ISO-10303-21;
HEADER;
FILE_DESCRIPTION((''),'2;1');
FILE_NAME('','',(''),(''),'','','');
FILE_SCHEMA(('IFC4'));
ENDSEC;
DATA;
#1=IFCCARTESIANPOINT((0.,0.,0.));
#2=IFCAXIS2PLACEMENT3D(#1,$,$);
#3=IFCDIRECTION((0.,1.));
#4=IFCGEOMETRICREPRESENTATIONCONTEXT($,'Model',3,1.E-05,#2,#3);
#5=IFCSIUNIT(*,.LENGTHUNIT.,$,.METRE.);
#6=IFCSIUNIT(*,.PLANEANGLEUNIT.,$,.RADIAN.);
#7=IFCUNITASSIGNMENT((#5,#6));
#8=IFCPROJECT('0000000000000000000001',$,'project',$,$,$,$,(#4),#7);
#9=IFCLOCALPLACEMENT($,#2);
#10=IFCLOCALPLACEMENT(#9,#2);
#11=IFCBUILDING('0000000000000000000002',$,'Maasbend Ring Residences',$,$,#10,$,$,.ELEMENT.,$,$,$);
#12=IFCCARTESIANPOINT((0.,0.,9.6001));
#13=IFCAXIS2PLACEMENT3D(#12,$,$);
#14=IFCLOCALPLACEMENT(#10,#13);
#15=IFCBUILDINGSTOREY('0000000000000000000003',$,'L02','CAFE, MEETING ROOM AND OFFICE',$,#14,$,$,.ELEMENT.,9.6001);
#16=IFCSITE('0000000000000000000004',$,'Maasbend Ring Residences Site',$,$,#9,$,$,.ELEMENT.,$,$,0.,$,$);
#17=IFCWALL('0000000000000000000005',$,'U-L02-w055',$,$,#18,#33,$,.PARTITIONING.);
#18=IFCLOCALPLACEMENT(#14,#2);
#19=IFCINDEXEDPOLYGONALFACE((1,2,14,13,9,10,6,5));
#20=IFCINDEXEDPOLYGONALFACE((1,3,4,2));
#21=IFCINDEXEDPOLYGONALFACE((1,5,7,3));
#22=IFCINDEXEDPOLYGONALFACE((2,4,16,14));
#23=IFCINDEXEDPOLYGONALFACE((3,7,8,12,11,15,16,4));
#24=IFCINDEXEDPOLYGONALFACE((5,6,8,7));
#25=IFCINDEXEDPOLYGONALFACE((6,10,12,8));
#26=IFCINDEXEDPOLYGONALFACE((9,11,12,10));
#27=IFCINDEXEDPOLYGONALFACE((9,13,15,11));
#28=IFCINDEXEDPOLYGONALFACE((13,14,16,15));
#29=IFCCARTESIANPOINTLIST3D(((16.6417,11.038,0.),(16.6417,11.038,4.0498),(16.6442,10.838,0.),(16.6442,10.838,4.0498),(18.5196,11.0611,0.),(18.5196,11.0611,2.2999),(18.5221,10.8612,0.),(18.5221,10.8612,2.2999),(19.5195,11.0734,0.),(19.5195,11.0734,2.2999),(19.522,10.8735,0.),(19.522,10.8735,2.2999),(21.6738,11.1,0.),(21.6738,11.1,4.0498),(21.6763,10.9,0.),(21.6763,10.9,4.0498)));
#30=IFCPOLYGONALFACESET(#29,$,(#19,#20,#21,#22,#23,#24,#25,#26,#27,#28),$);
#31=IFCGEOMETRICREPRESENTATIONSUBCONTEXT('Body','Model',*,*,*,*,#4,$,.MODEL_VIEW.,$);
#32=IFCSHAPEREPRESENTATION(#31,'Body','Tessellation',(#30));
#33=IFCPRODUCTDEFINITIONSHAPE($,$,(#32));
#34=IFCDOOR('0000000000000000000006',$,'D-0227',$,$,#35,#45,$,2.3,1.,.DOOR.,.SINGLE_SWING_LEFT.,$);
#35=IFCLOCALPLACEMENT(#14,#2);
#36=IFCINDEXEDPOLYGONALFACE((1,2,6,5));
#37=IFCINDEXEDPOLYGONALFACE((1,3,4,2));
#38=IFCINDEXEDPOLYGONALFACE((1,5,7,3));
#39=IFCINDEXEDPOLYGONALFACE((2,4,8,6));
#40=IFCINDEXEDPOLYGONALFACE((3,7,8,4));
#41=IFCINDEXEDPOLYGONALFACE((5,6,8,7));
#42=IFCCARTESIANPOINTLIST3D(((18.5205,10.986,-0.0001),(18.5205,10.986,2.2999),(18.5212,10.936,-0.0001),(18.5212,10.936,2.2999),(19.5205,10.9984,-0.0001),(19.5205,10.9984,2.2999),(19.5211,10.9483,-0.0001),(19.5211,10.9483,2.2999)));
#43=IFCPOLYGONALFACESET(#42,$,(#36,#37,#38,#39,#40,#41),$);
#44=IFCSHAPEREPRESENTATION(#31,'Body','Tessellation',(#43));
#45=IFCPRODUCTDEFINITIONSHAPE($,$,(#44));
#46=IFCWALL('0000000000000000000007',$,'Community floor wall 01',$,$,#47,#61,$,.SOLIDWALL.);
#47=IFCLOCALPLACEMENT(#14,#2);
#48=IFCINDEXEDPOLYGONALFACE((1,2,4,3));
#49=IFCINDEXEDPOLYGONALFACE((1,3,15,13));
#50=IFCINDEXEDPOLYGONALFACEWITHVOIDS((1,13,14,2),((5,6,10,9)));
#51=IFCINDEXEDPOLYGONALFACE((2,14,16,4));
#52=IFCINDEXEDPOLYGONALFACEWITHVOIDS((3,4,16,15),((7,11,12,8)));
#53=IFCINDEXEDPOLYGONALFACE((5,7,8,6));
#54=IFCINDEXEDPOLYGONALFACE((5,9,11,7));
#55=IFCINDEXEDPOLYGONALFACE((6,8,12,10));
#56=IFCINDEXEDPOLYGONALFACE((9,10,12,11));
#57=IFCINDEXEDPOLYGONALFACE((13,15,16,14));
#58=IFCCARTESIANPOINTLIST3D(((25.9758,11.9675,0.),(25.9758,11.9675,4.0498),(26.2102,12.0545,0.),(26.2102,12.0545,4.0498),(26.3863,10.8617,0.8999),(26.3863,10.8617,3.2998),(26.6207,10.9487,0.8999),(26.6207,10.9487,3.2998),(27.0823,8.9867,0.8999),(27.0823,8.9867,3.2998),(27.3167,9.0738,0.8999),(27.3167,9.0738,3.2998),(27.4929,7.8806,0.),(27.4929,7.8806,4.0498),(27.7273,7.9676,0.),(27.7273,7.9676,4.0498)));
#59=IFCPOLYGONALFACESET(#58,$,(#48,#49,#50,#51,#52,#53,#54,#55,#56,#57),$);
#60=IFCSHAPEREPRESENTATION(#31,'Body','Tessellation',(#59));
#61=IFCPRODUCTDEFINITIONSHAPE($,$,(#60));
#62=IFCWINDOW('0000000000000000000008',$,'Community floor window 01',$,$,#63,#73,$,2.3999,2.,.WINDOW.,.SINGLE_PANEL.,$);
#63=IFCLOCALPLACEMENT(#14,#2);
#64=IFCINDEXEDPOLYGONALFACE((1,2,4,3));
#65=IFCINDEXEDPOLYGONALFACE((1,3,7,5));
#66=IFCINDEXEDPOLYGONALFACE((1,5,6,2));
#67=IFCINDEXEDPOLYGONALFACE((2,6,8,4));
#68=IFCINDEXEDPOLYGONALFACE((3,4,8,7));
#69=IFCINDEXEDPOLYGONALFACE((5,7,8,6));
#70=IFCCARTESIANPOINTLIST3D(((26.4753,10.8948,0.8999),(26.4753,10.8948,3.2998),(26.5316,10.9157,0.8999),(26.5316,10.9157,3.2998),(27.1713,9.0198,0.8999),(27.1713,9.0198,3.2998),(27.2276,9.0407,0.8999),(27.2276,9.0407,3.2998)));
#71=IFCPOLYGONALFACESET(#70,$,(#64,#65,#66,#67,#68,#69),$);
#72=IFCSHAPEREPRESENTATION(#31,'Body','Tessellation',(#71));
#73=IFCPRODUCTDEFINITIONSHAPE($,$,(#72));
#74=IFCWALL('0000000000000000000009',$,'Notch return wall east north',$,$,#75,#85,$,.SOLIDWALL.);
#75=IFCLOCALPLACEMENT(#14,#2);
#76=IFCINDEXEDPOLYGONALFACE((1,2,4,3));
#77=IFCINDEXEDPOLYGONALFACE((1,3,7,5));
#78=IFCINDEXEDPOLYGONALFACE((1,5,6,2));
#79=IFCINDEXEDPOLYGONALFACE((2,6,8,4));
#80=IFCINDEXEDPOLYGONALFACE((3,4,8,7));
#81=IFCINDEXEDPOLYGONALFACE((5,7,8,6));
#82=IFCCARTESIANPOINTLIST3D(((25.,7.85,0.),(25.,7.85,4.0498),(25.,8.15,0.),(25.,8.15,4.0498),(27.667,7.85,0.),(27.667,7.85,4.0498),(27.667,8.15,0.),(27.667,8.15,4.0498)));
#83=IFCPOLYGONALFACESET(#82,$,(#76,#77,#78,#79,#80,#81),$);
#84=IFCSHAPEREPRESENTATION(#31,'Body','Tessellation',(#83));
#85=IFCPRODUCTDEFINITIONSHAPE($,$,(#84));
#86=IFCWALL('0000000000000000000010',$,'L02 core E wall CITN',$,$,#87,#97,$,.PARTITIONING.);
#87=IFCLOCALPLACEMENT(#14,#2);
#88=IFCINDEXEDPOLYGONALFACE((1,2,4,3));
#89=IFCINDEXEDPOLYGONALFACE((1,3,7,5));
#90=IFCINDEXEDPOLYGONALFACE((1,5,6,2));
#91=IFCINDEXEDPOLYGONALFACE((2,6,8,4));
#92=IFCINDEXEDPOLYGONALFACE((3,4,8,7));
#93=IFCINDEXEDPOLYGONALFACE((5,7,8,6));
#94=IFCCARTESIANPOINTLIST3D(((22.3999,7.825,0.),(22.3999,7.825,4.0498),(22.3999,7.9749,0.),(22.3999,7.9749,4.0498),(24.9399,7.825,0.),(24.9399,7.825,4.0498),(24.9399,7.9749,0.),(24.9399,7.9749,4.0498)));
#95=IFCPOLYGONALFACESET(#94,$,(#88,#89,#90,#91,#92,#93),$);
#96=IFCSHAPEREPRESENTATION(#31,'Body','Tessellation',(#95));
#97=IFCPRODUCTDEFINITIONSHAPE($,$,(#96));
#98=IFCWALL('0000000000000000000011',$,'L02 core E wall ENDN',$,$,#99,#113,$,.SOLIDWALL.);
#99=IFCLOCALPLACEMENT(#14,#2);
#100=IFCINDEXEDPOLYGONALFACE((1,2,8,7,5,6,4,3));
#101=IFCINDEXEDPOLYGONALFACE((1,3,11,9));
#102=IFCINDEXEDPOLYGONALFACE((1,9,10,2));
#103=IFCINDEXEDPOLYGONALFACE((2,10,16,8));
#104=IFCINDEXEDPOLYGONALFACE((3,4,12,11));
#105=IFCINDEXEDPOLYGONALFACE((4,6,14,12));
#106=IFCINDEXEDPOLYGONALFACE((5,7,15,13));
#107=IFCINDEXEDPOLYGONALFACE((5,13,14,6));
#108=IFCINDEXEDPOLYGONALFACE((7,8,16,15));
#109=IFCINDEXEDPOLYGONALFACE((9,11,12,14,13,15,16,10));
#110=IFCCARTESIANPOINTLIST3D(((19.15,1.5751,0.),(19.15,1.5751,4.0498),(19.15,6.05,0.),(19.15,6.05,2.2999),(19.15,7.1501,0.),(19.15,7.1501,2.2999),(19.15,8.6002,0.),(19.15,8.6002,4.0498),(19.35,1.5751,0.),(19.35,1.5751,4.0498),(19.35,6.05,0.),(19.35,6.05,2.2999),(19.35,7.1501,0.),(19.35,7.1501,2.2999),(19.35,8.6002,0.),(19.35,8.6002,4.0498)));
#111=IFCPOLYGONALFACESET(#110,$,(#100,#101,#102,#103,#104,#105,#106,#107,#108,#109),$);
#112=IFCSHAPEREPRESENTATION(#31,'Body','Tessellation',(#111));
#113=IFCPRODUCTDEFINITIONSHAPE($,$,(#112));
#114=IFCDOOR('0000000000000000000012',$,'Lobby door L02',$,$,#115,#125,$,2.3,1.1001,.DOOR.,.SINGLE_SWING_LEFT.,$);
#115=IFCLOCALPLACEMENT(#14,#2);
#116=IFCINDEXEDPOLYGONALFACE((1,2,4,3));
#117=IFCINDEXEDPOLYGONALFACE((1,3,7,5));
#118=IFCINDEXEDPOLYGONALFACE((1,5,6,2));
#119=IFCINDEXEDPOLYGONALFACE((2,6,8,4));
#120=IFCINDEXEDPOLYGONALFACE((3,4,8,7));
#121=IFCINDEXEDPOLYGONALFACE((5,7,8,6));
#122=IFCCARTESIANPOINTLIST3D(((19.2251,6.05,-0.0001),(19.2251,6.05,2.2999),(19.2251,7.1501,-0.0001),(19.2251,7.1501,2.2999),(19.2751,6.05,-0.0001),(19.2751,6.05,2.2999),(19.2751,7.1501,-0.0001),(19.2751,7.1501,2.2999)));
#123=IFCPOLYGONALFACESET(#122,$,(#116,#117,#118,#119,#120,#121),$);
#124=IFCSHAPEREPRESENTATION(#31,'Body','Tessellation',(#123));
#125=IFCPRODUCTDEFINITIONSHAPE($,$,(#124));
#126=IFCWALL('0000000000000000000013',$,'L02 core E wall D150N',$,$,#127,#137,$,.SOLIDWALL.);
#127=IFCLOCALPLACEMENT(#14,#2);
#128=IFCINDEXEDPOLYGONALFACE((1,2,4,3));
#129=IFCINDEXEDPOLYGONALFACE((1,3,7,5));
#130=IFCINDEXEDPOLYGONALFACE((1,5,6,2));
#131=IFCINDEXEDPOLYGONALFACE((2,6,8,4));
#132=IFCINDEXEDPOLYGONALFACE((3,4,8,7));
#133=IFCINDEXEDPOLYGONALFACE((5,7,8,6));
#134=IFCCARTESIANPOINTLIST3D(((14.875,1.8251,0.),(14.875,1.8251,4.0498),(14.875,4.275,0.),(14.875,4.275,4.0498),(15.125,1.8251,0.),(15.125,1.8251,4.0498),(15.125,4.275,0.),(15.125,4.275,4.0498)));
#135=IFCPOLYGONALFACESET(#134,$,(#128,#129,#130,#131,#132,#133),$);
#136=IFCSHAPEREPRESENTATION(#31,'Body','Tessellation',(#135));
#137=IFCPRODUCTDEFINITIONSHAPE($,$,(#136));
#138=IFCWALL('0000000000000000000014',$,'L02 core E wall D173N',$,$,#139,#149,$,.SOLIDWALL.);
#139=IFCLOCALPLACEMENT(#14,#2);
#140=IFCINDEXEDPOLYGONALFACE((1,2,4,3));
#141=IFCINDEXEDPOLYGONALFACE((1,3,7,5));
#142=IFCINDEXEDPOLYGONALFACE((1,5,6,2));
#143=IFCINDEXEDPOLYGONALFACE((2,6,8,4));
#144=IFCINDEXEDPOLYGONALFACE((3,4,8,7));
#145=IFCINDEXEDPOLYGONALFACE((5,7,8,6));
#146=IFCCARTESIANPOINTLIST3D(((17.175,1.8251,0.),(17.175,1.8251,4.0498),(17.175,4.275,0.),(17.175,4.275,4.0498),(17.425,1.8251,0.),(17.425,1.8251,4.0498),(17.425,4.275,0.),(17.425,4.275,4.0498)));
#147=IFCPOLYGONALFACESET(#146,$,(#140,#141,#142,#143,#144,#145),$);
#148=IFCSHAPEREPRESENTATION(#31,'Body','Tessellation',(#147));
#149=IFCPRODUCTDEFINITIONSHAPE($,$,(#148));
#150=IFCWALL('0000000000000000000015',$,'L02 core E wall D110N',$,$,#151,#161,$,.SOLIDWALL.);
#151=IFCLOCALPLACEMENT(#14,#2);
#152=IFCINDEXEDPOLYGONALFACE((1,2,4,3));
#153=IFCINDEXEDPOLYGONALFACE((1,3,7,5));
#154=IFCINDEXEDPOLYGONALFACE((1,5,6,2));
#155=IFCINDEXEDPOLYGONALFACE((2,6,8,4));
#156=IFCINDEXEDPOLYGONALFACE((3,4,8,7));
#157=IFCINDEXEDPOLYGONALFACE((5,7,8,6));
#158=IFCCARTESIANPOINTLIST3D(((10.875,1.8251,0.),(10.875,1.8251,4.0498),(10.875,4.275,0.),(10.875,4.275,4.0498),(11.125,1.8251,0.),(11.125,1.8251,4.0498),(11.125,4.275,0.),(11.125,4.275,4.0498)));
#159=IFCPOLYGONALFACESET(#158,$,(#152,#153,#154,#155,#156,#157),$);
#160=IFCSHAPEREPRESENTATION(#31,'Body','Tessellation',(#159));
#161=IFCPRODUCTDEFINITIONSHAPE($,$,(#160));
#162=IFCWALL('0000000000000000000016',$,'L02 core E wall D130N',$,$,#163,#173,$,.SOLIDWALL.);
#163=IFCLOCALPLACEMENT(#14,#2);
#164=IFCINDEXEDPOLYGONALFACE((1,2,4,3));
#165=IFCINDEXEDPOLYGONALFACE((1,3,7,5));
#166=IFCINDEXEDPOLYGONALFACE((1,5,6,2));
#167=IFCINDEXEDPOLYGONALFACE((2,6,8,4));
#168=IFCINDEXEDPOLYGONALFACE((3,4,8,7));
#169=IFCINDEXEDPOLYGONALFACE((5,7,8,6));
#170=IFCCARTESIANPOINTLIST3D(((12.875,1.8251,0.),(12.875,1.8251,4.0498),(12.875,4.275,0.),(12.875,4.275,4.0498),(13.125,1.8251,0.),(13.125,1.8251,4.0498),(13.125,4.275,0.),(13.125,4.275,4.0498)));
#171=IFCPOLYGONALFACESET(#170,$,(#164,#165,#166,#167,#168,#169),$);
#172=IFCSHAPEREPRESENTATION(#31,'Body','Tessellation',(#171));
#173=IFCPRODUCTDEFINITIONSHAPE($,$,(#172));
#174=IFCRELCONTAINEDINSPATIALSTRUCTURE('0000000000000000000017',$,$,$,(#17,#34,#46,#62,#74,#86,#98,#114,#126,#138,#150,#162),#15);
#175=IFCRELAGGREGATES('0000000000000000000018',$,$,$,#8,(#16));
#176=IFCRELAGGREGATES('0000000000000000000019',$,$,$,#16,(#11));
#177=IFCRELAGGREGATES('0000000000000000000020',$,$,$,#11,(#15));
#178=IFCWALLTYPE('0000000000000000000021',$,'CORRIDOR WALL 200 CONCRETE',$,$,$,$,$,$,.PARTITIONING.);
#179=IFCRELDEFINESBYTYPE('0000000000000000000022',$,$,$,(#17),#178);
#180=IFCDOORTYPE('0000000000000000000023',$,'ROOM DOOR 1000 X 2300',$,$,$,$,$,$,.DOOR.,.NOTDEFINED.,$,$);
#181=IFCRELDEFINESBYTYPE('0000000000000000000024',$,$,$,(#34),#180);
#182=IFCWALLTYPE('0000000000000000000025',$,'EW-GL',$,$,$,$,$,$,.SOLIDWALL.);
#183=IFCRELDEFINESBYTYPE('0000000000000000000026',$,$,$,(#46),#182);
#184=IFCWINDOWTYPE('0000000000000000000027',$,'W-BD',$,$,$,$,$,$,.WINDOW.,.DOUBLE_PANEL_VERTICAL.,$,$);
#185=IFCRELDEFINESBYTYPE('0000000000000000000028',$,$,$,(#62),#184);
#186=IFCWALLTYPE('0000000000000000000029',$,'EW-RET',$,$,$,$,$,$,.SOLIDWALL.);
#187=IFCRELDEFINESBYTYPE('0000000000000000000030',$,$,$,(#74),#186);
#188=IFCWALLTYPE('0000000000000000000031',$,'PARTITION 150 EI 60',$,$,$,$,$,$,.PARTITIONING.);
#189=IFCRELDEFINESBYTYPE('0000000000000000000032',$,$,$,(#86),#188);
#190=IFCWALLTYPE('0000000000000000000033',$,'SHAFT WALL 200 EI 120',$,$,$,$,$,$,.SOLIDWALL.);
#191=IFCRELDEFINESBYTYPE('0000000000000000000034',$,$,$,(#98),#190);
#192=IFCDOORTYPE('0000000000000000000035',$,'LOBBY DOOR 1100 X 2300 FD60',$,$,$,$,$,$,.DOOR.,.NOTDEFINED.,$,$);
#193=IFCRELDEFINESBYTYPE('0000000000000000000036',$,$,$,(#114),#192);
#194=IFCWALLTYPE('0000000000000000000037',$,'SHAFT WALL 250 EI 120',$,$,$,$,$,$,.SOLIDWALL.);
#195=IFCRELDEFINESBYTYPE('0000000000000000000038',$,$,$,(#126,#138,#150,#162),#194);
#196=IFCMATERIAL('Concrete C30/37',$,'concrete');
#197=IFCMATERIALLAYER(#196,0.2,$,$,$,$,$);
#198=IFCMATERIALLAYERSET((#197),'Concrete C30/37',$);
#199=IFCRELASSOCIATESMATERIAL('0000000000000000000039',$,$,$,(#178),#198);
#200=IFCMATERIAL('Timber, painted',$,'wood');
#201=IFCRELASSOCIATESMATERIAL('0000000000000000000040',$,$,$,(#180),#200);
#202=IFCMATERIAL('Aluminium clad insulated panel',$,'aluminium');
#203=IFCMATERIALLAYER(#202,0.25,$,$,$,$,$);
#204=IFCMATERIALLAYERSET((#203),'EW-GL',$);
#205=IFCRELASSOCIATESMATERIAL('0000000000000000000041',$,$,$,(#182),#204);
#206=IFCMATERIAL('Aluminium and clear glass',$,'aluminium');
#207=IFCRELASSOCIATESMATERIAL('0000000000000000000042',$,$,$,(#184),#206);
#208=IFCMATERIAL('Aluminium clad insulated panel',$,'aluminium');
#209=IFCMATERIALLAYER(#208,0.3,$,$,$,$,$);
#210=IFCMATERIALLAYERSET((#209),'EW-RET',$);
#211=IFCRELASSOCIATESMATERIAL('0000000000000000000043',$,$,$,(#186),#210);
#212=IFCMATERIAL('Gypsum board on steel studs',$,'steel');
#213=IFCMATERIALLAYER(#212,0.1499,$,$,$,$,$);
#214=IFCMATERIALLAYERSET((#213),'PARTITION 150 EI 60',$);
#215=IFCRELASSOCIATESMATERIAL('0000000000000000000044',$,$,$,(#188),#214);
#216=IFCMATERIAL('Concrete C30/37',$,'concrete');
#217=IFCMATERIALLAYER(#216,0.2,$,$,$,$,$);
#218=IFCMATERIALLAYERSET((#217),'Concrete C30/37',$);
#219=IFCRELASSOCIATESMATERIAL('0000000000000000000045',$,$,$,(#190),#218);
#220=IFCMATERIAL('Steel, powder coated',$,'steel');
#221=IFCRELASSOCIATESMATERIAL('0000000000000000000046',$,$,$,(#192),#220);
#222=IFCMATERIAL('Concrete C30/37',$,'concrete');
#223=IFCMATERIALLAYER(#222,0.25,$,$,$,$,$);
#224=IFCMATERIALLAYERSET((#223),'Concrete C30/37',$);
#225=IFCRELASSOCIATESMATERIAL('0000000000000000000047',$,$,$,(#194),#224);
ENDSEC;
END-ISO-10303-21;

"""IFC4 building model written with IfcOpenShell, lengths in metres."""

from ifc_helpers import new_model, si_unit, direction, frame, frame_2d, origin, place, context, subcontext, project, spatial, rectangle, extrude, material, layer, layer_set, type_object, element, fill, save


model = new_model("IFC4")

# Units and contexts
model_context = context("Model", 3, precision=1e-05, world=origin(), true_north=direction((0.0, 1.0)))
body_context = subcontext(model_context, "Body", "Model", "MODEL_VIEW")
ifc_project = project(units=[si_unit("LENGTHUNIT", "METRE"), si_unit("PLANEANGLEUNIT", "RADIAN")], contexts=[model_context])

# Site, building, storey
site_placement = place(None, origin())
site = spatial("IfcSite", under=ifc_project, at=site_placement, Name="Maasbend Ring Residences Site", CompositionType="ELEMENT", RefElevation=0.0)
building_placement = place(site_placement, origin())
building = spatial("IfcBuilding", under=site, at=building_placement, Name="Maasbend Ring Residences", CompositionType="ELEMENT")
storey_placement = place(building_placement, frame((0.0, 0.0, 9.6001)))
storey = spatial("IfcBuildingStorey", under=building, at=storey_placement, Name="L02", Description="CAFE, MEETING ROOM AND OFFICE", CompositionType="ELEMENT", Elevation=9.6001)

# Shared definitions
ifc_material_1 = material(Name="Concrete C30/37", Category="concrete")
ifc_layer_1 = layer(ifc_material_1, 0.2)
ifc_layer_set_1 = layer_set([ifc_layer_1], Name="Concrete C30/37")
wall_type_1 = type_object("IfcWallType", Name="CORRIDOR WALL 200 CONCRETE", PredefinedType="PARTITIONING", material=ifc_layer_set_1)

# Wall, opening, door
wall_1_placement = place(storey_placement, frame((16.6431, 10.938, 0.0), z_axis=(0.0, 0.0, 1.0), x_axis=(0.999924, 0.012323, 0.0)))
wall_1 = element("IfcWall", 1, at=wall_1_placement, inside=storey, type_object=wall_type_1, Name="U-L02-w055", PredefinedType="PARTITIONING", context=body_context, shape_type="SweptSolid", body=[
    extrude(rectangle(XDim=5.0325, YDim=0.2, at=frame_2d((2.5161, 0.0))), origin(), (0.0, 0.0, 1.0), 4.0498),
])
opening_1_placement = place(wall_1_placement, frame((1.8779, 0.0, 0.0)))
opening_1 = element("IfcOpeningElement", 2, at=opening_1_placement, cuts=wall_1, PredefinedType="OPENING", context=body_context, shape_type="SweptSolid", body=[
    extrude(rectangle(XDim=1.0, YDim=2.3, at=frame_2d((0.5, 1.1499))), frame((0.0, 0.1099, 0.0), z_axis=(0.0, -1.0, 0.0), x_axis=(1.0, 0.0, 0.0)), (0.0, 0.0, 1.0), 0.22),
])
ifc_material_2 = material(Name="Timber, painted", Category="wood")
door_type_1 = type_object("IfcDoorType", Name="ROOM DOOR 1000 X 2300", OperationType="NOTDEFINED", PredefinedType="DOOR", material=ifc_material_2)
door_1_placement = place(opening_1_placement, origin())
door_1 = element("IfcDoor", 3, at=door_1_placement, inside=storey, type_object=door_type_1, Name="D-0227", OperationType="SINGLE_SWING_LEFT", OverallHeight=2.3, OverallWidth=1.0, PredefinedType="DOOR", context=body_context, shape_type="SweptSolid", body=[
    extrude(rectangle(XDim=1.0, YDim=2.3, at=frame_2d((0.5, 1.1499))), frame((0.0, 0.0249, 0.0), z_axis=(0.0, -1.0, 0.0), x_axis=(1.0, 0.0, 0.0)), (0.0, 0.0, 1.0), 0.05),
])
fill(opening_1, door_1)

# Wall, opening, window
ifc_material_3 = material(Name="Aluminium clad insulated panel", Category="aluminium")
ifc_layer_2 = layer(ifc_material_3, 0.25)
ifc_layer_set_2 = layer_set([ifc_layer_2], Name="EW-GL")
wall_type_2 = type_object("IfcWallType", Name="EW-GL", PredefinedType="SOLIDWALL", material=ifc_layer_set_2)
wall_2_placement = place(storey_placement, frame((27.6101, 7.9241, 0.0), z_axis=(0.0, 0.0, 1.0), x_axis=(-0.348004, 0.937493, 0.0)))
wall_2 = element("IfcWall", 4, at=wall_2_placement, inside=storey, type_object=wall_type_2, Name="Community floor wall 01", PredefinedType="SOLIDWALL", context=body_context, shape_type="SweptSolid", body=[
    extrude(rectangle(XDim=4.3594, YDim=0.25, at=frame_2d((2.1797, 0.0))), origin(), (0.0, 0.0, 1.0), 4.0498),
])
opening_2_placement = place(wall_2_placement, frame((1.1799, 0.0, 0.8999)))
opening_2 = element("IfcOpeningElement", 5, at=opening_2_placement, cuts=wall_2, PredefinedType="OPENING", context=body_context, shape_type="SweptSolid", body=[
    extrude(rectangle(XDim=2.0, YDim=2.3999, at=frame_2d((1.0, 1.2))), frame((0.0, 0.135, 0.0), z_axis=(0.0, -1.0, 0.0), x_axis=(1.0, 0.0, 0.0)), (0.0, 0.0, 1.0), 0.27),
])
ifc_material_4 = material(Name="Aluminium and clear glass", Category="aluminium")
window_type = type_object("IfcWindowType", Name="W-BD", PartitioningType="DOUBLE_PANEL_VERTICAL", PredefinedType="WINDOW", material=ifc_material_4)
window_placement = place(opening_2_placement, origin())
window = element("IfcWindow", 6, at=window_placement, inside=storey, type_object=window_type, Name="Community floor window 01", OverallHeight=2.3999, OverallWidth=2.0, PartitioningType="SINGLE_PANEL", PredefinedType="WINDOW", context=body_context, shape_type="SweptSolid", body=[
    extrude(rectangle(XDim=2.0, YDim=2.3999, at=frame_2d((1.0, 1.2))), frame((0.0, 0.03, 0.0), z_axis=(0.0, -1.0, 0.0), x_axis=(1.0, 0.0, 0.0)), (0.0, 0.0, 1.0), 0.0601),
])
fill(opening_2, window)

# Walls
ifc_material_5 = material(Name="Aluminium clad insulated panel", Category="aluminium")
ifc_layer_3 = layer(ifc_material_5, 0.3)
ifc_layer_set_3 = layer_set([ifc_layer_3], Name="EW-RET")
wall_type_3 = type_object("IfcWallType", Name="EW-RET", PredefinedType="SOLIDWALL", material=ifc_layer_set_3)
wall_3_placement = place(storey_placement, frame((25.0, 8.0, 0.0), z_axis=(0.0, 0.0, 1.0), x_axis=(1.0, 0.0, 0.0)))
element("IfcWall", 7, at=wall_3_placement, inside=storey, type_object=wall_type_3, Name="Notch return wall east north", PredefinedType="SOLIDWALL", context=body_context, shape_type="SweptSolid", body=[
    extrude(rectangle(XDim=2.667, YDim=0.3, at=frame_2d((1.3335, 0.0))), origin(), (0.0, 0.0, 1.0), 4.0498),
])
ifc_material_6 = material(Name="Gypsum board on steel studs", Category="steel")
ifc_layer_4 = layer(ifc_material_6, 0.1499)
ifc_layer_set_4 = layer_set([ifc_layer_4], Name="PARTITION 150 EI 60")
wall_type_4 = type_object("IfcWallType", Name="PARTITION 150 EI 60", PredefinedType="PARTITIONING", material=ifc_layer_set_4)
wall_4_placement = place(storey_placement, frame((22.3999, 7.8999, 0.0), z_axis=(0.0, 0.0, 1.0), x_axis=(1.0, 0.0, 0.0)))
element("IfcWall", 8, at=wall_4_placement, inside=storey, type_object=wall_type_4, Name="L02 core E wall CITN", PredefinedType="PARTITIONING", context=body_context, shape_type="SweptSolid", body=[
    extrude(rectangle(XDim=2.54, YDim=0.1499, at=frame_2d((1.27, 0.0))), origin(), (0.0, 0.0, 1.0), 4.0498),
])

# Wall, opening, door
ifc_material_7 = material(Name="Concrete C30/37", Category="concrete")
ifc_layer_5 = layer(ifc_material_7, 0.2)
ifc_layer_set_5 = layer_set([ifc_layer_5], Name="Concrete C30/37")
wall_type_5 = type_object("IfcWallType", Name="SHAFT WALL 200 EI 120", PredefinedType="SOLIDWALL", material=ifc_layer_set_5)
wall_5_placement = place(storey_placement, frame((19.25, 1.575, 0.0), z_axis=(0.0, 0.0, 1.0), x_axis=(0.0, 1.0, 0.0)))
wall_5 = element("IfcWall", 9, at=wall_5_placement, inside=storey, type_object=wall_type_5, Name="L02 core E wall ENDN", PredefinedType="SOLIDWALL", context=body_context, shape_type="SweptSolid", body=[
    extrude(rectangle(XDim=7.0251, YDim=0.2, at=frame_2d((3.5127, 0.0))), origin(), (0.0, 0.0, 1.0), 4.0498),
])
opening_3_placement = place(wall_5_placement, frame((4.4751, 0.0, 0.0)))
opening_3 = element("IfcOpeningElement", 10, at=opening_3_placement, cuts=wall_5, PredefinedType="OPENING", context=body_context, shape_type="SweptSolid", body=[
    extrude(rectangle(XDim=1.1001, YDim=2.3, at=frame_2d((0.55, 1.1499))), frame((0.0, 0.1099, 0.0), z_axis=(0.0, -1.0, 0.0), x_axis=(1.0, 0.0, 0.0)), (0.0, 0.0, 1.0), 0.22),
])
ifc_material_8 = material(Name="Steel, powder coated", Category="steel")
door_type_2 = type_object("IfcDoorType", Name="LOBBY DOOR 1100 X 2300 FD60", OperationType="NOTDEFINED", PredefinedType="DOOR", material=ifc_material_8)
door_2_placement = place(opening_3_placement, origin())
door_2 = element("IfcDoor", 11, at=door_2_placement, inside=storey, type_object=door_type_2, Name="Lobby door L02", OperationType="SINGLE_SWING_LEFT", OverallHeight=2.3, OverallWidth=1.1001, PredefinedType="DOOR", context=body_context, shape_type="SweptSolid", body=[
    extrude(rectangle(XDim=1.1001, YDim=2.3, at=frame_2d((0.55, 1.1499))), frame((0.0, 0.0249, 0.0), z_axis=(0.0, -1.0, 0.0), x_axis=(1.0, 0.0, 0.0)), (0.0, 0.0, 1.0), 0.05),
])
fill(opening_3, door_2)

# Walls
ifc_material_9 = material(Name="Concrete C30/37", Category="concrete")
ifc_layer_6 = layer(ifc_material_9, 0.25)
ifc_layer_set_6 = layer_set([ifc_layer_6], Name="Concrete C30/37")
wall_type_6 = type_object("IfcWallType", Name="SHAFT WALL 250 EI 120", PredefinedType="SOLIDWALL", material=ifc_layer_set_6)
for number, where, z_axis, x_axis, name in (
    (12, (15.0, 1.825, 0.0), (0.0, 0.0, 1.0), (0.0, 1.0, 0.0), "L02 core E wall D150N"),
    (13, (17.3, 1.825, 0.0), (0.0, 0.0, 1.0), (0.0, 1.0, 0.0), "L02 core E wall D173N"),
    (14, (11.0, 1.825, 0.0), (0.0, 0.0, 1.0), (0.0, 1.0, 0.0), "L02 core E wall D110N"),
    (15, (13.0, 1.825, 0.0), (0.0, 0.0, 1.0), (0.0, 1.0, 0.0), "L02 core E wall D130N"),
):
    element("IfcWall", number, at=place(storey_placement, frame(where, z_axis=z_axis, x_axis=x_axis)), inside=storey, type_object=wall_type_6, Name=name, PredefinedType="SOLIDWALL", context=body_context, shape_type="SweptSolid", body=[
        extrude(rectangle(XDim=2.45, YDim=0.25, at=frame_2d((1.2251, 0.0))), origin(), (0.0, 0.0, 1.0), 4.0498),
    ])

save(model, "model.ifc")
